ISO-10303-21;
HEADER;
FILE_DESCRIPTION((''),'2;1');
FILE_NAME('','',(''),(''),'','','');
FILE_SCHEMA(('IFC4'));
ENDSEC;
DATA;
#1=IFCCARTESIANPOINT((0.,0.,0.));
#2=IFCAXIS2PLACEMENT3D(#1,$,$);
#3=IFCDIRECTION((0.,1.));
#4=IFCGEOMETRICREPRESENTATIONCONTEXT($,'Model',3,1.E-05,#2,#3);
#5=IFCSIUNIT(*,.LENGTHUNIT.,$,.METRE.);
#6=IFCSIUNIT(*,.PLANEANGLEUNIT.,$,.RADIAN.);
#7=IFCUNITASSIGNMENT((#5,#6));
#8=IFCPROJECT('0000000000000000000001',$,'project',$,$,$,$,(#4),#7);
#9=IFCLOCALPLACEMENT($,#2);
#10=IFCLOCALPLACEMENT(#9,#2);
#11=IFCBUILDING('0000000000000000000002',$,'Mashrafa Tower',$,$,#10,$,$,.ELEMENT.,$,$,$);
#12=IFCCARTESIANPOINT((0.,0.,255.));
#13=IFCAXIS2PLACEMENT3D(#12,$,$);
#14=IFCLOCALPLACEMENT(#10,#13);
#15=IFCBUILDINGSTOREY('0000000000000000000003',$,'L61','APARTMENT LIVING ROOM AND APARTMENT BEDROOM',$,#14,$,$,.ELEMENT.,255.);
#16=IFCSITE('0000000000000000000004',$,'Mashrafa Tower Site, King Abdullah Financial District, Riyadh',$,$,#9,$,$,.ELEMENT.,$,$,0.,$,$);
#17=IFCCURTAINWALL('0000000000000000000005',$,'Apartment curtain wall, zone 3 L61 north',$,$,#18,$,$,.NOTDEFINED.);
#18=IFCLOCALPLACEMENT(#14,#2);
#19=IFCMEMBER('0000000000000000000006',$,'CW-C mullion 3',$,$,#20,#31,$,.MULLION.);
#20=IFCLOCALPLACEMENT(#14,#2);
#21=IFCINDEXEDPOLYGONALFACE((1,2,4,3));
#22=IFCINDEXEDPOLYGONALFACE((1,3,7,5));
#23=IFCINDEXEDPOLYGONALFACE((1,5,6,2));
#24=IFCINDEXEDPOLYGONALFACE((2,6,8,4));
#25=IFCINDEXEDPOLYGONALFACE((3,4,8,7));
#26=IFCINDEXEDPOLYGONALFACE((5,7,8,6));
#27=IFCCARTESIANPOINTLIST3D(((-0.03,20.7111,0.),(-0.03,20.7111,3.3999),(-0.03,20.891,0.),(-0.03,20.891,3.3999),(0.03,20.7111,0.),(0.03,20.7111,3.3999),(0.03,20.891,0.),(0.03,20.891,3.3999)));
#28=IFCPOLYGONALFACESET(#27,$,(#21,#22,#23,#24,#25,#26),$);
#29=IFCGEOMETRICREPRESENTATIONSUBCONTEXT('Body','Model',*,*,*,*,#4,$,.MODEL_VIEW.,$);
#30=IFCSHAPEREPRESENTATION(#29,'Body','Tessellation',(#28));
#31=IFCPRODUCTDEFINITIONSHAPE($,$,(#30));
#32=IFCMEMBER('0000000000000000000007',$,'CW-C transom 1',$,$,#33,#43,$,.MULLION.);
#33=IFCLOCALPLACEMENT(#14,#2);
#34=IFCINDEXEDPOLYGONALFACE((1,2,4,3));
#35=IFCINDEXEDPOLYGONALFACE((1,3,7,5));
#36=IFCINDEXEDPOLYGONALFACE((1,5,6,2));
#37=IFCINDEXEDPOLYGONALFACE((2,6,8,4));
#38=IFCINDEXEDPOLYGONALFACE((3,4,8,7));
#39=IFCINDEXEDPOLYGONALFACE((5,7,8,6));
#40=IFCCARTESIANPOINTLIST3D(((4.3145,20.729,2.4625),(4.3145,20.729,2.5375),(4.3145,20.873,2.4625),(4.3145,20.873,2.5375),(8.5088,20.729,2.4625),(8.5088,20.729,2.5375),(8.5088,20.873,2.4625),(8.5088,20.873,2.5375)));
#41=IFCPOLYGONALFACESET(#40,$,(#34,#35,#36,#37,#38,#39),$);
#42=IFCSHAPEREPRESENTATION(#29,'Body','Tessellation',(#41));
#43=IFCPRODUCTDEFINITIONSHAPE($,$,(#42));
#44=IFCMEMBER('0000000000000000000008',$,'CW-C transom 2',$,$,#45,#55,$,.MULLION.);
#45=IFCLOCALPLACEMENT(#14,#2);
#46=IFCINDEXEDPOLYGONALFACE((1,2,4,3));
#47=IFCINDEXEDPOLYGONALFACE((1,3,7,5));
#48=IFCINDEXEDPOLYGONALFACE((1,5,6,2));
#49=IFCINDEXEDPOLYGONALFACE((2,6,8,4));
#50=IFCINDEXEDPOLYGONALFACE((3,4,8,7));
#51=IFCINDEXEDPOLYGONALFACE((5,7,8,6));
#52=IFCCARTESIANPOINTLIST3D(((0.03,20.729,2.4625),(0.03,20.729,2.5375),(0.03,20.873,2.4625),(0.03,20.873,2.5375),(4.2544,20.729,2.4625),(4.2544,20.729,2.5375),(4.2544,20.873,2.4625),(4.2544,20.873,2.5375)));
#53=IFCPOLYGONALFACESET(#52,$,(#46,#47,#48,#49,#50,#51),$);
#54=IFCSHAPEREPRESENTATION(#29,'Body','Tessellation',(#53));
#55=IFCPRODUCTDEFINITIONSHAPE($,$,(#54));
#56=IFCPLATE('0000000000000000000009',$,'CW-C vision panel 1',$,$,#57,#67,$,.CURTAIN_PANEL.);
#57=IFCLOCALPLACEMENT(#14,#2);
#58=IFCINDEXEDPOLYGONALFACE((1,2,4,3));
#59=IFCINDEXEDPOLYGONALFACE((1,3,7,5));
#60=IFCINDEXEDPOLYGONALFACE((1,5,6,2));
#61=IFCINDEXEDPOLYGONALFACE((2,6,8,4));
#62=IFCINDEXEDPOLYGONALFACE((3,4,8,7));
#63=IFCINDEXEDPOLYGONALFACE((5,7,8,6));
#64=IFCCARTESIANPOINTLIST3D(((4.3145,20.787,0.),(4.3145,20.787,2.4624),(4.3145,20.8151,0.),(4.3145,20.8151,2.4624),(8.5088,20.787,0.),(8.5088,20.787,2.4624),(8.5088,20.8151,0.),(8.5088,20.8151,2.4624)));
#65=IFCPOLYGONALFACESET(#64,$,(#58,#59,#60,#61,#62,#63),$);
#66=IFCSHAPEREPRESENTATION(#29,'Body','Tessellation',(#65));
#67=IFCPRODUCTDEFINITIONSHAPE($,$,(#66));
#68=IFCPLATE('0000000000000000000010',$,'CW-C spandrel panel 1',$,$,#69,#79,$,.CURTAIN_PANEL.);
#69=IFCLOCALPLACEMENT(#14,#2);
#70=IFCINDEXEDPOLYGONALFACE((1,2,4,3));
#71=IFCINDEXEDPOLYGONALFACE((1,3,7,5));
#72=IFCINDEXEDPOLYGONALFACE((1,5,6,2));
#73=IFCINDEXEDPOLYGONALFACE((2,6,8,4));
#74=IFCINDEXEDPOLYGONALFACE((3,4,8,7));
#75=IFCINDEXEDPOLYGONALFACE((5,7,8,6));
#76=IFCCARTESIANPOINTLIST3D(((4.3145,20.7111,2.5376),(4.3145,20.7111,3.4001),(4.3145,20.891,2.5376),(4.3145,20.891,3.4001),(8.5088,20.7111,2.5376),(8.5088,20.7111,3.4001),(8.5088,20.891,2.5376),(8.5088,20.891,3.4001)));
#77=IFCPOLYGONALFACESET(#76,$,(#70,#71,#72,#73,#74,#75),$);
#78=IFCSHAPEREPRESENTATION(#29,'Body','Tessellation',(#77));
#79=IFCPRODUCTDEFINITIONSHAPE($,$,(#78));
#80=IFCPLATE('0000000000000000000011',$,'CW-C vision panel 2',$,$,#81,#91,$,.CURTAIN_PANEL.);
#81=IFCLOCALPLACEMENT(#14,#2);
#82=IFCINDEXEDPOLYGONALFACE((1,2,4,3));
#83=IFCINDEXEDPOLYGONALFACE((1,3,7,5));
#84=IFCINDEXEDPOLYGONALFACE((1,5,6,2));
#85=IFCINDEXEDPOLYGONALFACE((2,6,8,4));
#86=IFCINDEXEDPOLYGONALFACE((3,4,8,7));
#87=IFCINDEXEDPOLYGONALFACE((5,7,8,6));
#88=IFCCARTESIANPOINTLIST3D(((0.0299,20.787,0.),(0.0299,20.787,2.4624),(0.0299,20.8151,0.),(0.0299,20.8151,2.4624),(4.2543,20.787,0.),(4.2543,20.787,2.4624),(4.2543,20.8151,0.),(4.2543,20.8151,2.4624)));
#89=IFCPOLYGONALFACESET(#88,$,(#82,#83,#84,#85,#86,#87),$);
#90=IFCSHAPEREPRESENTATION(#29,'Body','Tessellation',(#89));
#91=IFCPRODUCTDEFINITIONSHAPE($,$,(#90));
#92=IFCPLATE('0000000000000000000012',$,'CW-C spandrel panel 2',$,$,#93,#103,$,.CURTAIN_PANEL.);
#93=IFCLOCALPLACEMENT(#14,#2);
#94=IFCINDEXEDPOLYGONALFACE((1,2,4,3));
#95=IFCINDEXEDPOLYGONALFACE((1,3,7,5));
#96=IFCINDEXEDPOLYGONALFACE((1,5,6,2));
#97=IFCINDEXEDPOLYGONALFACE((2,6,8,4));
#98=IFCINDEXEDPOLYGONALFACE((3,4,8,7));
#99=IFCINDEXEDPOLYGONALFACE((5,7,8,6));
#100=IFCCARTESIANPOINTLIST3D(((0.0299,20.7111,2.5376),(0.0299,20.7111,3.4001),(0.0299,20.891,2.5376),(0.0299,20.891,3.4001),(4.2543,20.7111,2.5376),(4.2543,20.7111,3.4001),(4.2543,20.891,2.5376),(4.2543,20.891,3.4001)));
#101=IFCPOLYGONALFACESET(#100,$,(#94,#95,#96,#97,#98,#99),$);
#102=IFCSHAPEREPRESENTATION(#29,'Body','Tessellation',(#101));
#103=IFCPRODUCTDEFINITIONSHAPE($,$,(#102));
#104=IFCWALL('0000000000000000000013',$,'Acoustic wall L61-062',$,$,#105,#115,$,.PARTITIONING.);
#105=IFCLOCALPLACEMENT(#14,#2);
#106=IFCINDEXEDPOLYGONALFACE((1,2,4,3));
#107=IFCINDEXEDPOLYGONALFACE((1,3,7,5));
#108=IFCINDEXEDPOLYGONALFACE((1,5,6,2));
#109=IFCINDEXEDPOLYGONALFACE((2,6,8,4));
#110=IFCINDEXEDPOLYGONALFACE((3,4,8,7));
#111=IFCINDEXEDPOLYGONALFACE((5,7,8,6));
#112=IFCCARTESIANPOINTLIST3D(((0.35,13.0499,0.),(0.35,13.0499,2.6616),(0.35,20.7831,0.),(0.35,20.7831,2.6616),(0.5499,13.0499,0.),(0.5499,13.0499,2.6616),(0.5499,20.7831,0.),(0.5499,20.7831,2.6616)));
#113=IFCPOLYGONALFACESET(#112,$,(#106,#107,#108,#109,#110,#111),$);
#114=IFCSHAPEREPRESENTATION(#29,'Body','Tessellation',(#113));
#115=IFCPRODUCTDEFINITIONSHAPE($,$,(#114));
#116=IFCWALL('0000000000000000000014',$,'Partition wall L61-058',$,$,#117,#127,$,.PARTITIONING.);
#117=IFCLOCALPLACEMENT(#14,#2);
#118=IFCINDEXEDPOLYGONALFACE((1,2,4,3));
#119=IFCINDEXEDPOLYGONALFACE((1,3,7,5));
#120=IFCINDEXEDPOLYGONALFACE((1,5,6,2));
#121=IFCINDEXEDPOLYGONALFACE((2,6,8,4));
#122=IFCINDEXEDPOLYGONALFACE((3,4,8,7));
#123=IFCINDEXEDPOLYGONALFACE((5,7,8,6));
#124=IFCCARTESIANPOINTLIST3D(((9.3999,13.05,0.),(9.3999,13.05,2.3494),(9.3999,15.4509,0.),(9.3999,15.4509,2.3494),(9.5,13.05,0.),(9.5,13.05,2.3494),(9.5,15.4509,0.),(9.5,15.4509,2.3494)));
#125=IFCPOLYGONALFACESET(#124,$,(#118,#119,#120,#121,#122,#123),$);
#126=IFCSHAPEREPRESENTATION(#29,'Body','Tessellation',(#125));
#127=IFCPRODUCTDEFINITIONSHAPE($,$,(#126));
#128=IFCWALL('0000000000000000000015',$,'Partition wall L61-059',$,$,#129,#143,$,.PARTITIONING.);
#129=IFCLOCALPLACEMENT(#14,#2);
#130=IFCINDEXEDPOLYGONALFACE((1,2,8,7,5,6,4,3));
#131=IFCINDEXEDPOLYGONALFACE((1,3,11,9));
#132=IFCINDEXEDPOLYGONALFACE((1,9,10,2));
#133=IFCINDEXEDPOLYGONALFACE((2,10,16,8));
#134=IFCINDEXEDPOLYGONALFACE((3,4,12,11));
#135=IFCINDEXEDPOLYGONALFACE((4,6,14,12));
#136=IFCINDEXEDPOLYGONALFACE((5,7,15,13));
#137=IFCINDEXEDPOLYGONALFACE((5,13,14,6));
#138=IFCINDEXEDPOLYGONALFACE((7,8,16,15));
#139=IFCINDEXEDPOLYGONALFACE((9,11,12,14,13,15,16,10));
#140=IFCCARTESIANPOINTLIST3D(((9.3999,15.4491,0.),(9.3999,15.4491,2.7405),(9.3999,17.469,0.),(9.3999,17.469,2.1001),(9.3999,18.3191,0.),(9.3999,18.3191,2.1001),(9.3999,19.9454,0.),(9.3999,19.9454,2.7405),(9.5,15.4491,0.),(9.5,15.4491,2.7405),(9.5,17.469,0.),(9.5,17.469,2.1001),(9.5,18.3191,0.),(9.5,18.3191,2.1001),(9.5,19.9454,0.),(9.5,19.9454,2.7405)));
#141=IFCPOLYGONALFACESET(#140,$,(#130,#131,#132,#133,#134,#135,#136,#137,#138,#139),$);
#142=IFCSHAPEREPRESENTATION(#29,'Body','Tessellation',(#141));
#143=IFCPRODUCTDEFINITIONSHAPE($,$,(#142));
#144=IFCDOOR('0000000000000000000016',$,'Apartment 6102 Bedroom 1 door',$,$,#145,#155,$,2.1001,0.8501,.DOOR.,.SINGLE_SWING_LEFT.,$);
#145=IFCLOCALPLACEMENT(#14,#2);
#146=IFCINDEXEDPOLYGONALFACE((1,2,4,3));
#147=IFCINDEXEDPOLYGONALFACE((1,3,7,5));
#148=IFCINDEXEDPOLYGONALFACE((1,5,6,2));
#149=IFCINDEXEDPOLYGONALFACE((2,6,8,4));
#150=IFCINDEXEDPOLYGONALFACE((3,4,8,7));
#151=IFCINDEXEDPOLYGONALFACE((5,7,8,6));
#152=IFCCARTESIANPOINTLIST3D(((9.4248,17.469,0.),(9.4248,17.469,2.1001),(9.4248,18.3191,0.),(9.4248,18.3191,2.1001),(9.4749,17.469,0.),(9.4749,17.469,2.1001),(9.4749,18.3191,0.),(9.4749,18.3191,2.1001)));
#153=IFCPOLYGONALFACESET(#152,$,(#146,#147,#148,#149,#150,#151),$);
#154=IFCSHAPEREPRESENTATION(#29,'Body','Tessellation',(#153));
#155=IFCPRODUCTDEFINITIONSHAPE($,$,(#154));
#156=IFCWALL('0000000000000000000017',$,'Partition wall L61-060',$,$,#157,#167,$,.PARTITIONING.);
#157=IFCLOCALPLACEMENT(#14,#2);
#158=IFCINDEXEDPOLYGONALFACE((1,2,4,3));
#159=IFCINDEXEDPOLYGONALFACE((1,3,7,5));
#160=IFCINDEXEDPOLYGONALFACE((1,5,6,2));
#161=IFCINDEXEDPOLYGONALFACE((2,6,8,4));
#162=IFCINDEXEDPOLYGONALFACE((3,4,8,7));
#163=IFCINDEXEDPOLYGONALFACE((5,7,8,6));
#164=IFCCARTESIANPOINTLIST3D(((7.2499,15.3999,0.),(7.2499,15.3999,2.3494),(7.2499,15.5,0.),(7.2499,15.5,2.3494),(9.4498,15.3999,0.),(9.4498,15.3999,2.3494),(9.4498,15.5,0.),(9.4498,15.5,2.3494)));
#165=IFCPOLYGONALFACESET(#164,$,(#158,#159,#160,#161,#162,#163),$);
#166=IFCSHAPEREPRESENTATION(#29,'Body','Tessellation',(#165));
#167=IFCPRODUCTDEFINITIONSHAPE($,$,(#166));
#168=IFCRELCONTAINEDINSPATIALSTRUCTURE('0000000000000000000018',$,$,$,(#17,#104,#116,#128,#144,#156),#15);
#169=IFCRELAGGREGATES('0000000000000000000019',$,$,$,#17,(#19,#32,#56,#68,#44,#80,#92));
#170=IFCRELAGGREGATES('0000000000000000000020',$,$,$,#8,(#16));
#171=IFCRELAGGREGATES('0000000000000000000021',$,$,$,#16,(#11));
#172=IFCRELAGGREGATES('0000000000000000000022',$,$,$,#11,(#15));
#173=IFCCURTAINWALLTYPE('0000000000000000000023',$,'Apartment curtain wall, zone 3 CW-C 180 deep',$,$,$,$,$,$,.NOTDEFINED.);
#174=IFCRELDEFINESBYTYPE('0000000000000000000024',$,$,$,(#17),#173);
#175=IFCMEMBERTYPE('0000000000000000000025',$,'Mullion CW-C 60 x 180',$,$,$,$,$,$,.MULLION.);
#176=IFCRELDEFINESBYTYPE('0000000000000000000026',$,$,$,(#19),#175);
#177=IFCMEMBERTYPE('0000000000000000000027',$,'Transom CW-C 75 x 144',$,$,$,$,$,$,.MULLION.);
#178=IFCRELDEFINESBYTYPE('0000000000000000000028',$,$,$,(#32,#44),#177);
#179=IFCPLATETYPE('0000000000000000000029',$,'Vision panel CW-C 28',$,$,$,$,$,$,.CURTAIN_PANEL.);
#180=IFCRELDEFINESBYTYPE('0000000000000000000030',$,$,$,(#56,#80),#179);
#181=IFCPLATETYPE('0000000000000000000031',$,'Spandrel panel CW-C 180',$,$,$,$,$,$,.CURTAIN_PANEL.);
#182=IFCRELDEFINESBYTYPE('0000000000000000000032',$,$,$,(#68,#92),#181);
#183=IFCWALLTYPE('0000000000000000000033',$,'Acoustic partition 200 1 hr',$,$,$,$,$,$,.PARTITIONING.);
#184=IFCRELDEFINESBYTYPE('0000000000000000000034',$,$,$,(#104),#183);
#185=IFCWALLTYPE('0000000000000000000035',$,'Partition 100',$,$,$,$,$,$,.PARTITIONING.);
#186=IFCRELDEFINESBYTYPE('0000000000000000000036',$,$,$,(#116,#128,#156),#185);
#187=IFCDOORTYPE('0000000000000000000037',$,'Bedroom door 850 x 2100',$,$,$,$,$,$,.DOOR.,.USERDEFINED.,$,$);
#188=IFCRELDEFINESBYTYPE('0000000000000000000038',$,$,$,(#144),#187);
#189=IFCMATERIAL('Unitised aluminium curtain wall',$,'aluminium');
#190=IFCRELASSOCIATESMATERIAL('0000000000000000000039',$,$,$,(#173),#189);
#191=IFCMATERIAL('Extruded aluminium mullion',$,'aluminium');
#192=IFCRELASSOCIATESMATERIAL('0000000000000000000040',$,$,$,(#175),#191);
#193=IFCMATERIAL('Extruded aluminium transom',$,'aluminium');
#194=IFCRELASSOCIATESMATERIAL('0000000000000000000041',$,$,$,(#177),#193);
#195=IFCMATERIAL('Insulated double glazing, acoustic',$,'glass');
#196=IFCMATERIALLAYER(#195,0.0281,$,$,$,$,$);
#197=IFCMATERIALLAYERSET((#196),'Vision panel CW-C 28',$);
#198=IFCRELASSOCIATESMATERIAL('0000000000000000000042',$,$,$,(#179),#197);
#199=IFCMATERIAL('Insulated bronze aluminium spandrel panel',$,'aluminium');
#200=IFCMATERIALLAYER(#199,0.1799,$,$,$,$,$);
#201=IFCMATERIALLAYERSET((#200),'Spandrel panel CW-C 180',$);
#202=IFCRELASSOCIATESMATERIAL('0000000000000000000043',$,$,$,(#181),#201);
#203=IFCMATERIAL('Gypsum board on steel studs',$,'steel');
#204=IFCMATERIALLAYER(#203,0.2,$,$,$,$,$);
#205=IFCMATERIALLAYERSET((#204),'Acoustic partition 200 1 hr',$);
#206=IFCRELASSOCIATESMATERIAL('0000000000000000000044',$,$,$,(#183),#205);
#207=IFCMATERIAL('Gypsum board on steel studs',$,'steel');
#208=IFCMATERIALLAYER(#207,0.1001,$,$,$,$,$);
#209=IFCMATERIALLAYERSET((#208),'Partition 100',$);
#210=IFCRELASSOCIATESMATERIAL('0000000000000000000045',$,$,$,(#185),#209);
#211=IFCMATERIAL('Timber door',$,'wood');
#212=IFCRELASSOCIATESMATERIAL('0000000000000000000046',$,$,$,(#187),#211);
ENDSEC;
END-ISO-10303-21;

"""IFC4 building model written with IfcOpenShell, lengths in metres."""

from ifc_helpers import new_model, si_unit, direction, frame, frame_2d, origin, origin_2d, place, context, subcontext, project, spatial, rectangle, extrude, source, transform, mapped, material, layer, layer_set, material_profile, profile_set, type_object, type_shapes, element, fill, aggregate, save


model = new_model("IFC4")

# Units and contexts
model_context = context("Model", 3, precision=1e-05, world=origin(), true_north=direction((0.0, 1.0)))
body_context = subcontext(model_context, "Body", "Model", "MODEL_VIEW")
ifc_project = project(units=[si_unit("LENGTHUNIT", "METRE"), si_unit("PLANEANGLEUNIT", "RADIAN")], contexts=[model_context])

# Site, building, storey
site_placement = place(None, origin())
site = spatial("IfcSite", under=ifc_project, at=site_placement, Name="Mashrafa Tower Site, King Abdullah Financial District, Riyadh", CompositionType="ELEMENT", RefElevation=0.0)
building_placement = place(site_placement, origin())
building = spatial("IfcBuilding", under=site, at=building_placement, Name="Mashrafa Tower", CompositionType="ELEMENT")
storey_placement = place(building_placement, frame((0.0, 0.0, 255.0)))
storey = spatial("IfcBuildingStorey", under=building, at=storey_placement, Name="L61", Description="APARTMENT LIVING ROOM AND APARTMENT BEDROOM", CompositionType="ELEMENT", Elevation=255.0)

# Shared definitions
ifc_material_1 = material(Name="Unitised aluminium curtain wall", Category="aluminium")
curtain_wall_type = type_object("IfcCurtainWallType", Name="Apartment curtain wall, zone 3 CW-C 180 deep", PredefinedType="NOTDEFINED", material=ifc_material_1)
ifc_material_2 = material(Name="Extruded aluminium mullion", Category="aluminium")
ifc_material_profile_1 = material_profile(ifc_material_2, rectangle(XDim=0.1799, YDim=0.0601, at=origin_2d()), Name="Mullion 60x180")
ifc_profile_set_1 = profile_set([ifc_material_profile_1], Name="Extruded aluminium mullion")
member_type_1 = type_object("IfcMemberType", Name="Mullion CW-C 60 x 180", PredefinedType="MULLION", material=ifc_profile_set_1)
shared_shape_1 = source(origin(), body_context, "Body", "SweptSolid", [
    extrude(rectangle(XDim=0.1799, YDim=0.0601, at=origin_2d()), origin(), (0.0, 0.0, 1.0), 3.3999),
])
type_shapes(member_type_1, [shared_shape_1])

# Curtain wall, members, plates
curtain_wall_1_placement = place(storey_placement, origin())
curtain_wall_1 = element("IfcCurtainWall", 1, at=curtain_wall_1_placement, inside=storey, type_object=curtain_wall_type, Name="Apartment curtain wall, zone 3 L61 north", PredefinedType="NOTDEFINED")
member_1_placement = place(storey_placement, frame((0.0, 20.801, 0.0), z_axis=(0.0, 0.0, 1.0), x_axis=(0.0, -1.0, 0.0)))
member_1 = element("IfcMember", 2, at=member_1_placement, type_object=member_type_1, Name="CW-C mullion 3", PredefinedType="MULLION", context=body_context, shape_type="MappedRepresentation", body=[
    mapped(shared_shape_1, transform((0.0, 0.0, 0.0))),
])
ifc_material_3 = material(Name="Extruded aluminium transom", Category="aluminium")
ifc_material_profile_2 = material_profile(ifc_material_3, rectangle(XDim=0.144, YDim=0.075, at=origin_2d()), Name="Transom 75x144")
ifc_profile_set_2 = profile_set([ifc_material_profile_2], Name="Extruded aluminium transom")
member_type_2 = type_object("IfcMemberType", Name="Transom CW-C 75 x 144", PredefinedType="MULLION", material=ifc_profile_set_2)
shared_shape_2 = source(origin(), body_context, "Body", "SweptSolid", [
    extrude(rectangle(XDim=0.144, YDim=0.075, at=origin_2d()), origin(), (0.0, 0.0, 1.0), 4.1943),
])
member_2_placement = place(storey_placement, frame((8.5088, 20.801, 2.5), z_axis=(-1.0, 0.0, 0.0), x_axis=(0.0, -1.0, 0.0)))
member_2 = element("IfcMember", 3, at=member_2_placement, type_object=member_type_2, Name="CW-C transom 1", PredefinedType="MULLION", context=body_context, shape_type="MappedRepresentation", body=[
    mapped(shared_shape_2, transform((0.0, 0.0, 0.0))),
])
shared_shape_3 = source(origin(), body_context, "Body", "SweptSolid", [
    extrude(rectangle(XDim=0.144, YDim=0.075, at=origin_2d()), origin(), (0.0, 0.0, 1.0), 4.2244),
])
type_shapes(member_type_2, [shared_shape_2, shared_shape_3])
member_3_placement = place(storey_placement, frame((4.2544, 20.801, 2.5), z_axis=(-1.0, 0.0, 0.0), x_axis=(0.0, -1.0, 0.0)))
member_3 = element("IfcMember", 4, at=member_3_placement, type_object=member_type_2, Name="CW-C transom 2", PredefinedType="MULLION", context=body_context, shape_type="MappedRepresentation", body=[
    mapped(shared_shape_3, transform((0.0, 0.0, 0.0))),
])
ifc_material_4 = material(Name="Insulated double glazing, acoustic", Category="glass")
ifc_layer_1 = layer(ifc_material_4, 0.0281)
ifc_layer_set_1 = layer_set([ifc_layer_1], Name="Vision panel CW-C 28")
plate_type_1 = type_object("IfcPlateType", Name="Vision panel CW-C 28", PredefinedType="CURTAIN_PANEL", material=ifc_layer_set_1)
shared_shape_4 = source(origin(), body_context, "Body", "SweptSolid", [
    extrude(rectangle(XDim=4.1943, YDim=0.0281, at=origin_2d()), origin(), (0.0, 0.0, 1.0), 2.4624),
])
plate_1_placement = place(storey_placement, frame((6.4116, 20.801, 0.0), z_axis=(0.0, 0.0, 1.0), x_axis=(-1.0, 0.0, 0.0)))
plate_1 = element("IfcPlate", 5, at=plate_1_placement, type_object=plate_type_1, Name="CW-C vision panel 1", PredefinedType="CURTAIN_PANEL", context=body_context, shape_type="MappedRepresentation", body=[
    mapped(shared_shape_4, transform((0.0, 0.0, 0.0))),
])
ifc_material_5 = material(Name="Insulated bronze aluminium spandrel panel", Category="aluminium")
ifc_layer_2 = layer(ifc_material_5, 0.1799)
ifc_layer_set_2 = layer_set([ifc_layer_2], Name="Spandrel panel CW-C 180")
plate_type_2 = type_object("IfcPlateType", Name="Spandrel panel CW-C 180", PredefinedType="CURTAIN_PANEL", material=ifc_layer_set_2)
shared_shape_5 = source(origin(), body_context, "Body", "SweptSolid", [
    extrude(rectangle(XDim=4.1943, YDim=0.1799, at=origin_2d()), origin(), (0.0, 0.0, 1.0), 0.8625),
])
plate_2_placement = place(storey_placement, frame((6.4116, 20.801, 2.5376), z_axis=(0.0, 0.0, 1.0), x_axis=(-1.0, 0.0, 0.0)))
plate_2 = element("IfcPlate", 6, at=plate_2_placement, type_object=plate_type_2, Name="CW-C spandrel panel 1", PredefinedType="CURTAIN_PANEL", context=body_context, shape_type="MappedRepresentation", body=[
    mapped(shared_shape_5, transform((0.0, 0.0, 0.0))),
])
shared_shape_6 = source(origin(), body_context, "Body", "SweptSolid", [
    extrude(rectangle(XDim=4.2244, YDim=0.0281, at=origin_2d()), origin(), (0.0, 0.0, 1.0), 2.4624),
])
type_shapes(plate_type_1, [shared_shape_4, shared_shape_6])
plate_3_placement = place(storey_placement, frame((2.1421, 20.801, 0.0), z_axis=(0.0, 0.0, 1.0), x_axis=(-1.0, 0.0, 0.0)))
plate_3 = element("IfcPlate", 7, at=plate_3_placement, type_object=plate_type_1, Name="CW-C vision panel 2", PredefinedType="CURTAIN_PANEL", context=body_context, shape_type="MappedRepresentation", body=[
    mapped(shared_shape_6, transform((0.0, 0.0, 0.0))),
])
shared_shape_7 = source(origin(), body_context, "Body", "SweptSolid", [
    extrude(rectangle(XDim=4.2244, YDim=0.1799, at=origin_2d()), origin(), (0.0, 0.0, 1.0), 0.8625),
])
type_shapes(plate_type_2, [shared_shape_5, shared_shape_7])
plate_4_placement = place(storey_placement, frame((2.1421, 20.801, 2.5376), z_axis=(0.0, 0.0, 1.0), x_axis=(-1.0, 0.0, 0.0)))
plate_4 = element("IfcPlate", 8, at=plate_4_placement, type_object=plate_type_2, Name="CW-C spandrel panel 2", PredefinedType="CURTAIN_PANEL", context=body_context, shape_type="MappedRepresentation", body=[
    mapped(shared_shape_7, transform((0.0, 0.0, 0.0))),
])
aggregate(curtain_wall_1, [member_1, member_2, plate_1, plate_2, member_3, plate_3, plate_4])

# Walls
ifc_material_6 = material(Name="Gypsum board on steel studs", Category="steel")
ifc_layer_3 = layer(ifc_material_6, 0.2)
ifc_layer_set_3 = layer_set([ifc_layer_3], Name="Acoustic partition 200 1 hr")
wall_type_1 = type_object("IfcWallType", Name="Acoustic partition 200 1 hr", PredefinedType="PARTITIONING", material=ifc_layer_set_3)
wall_1_placement = place(storey_placement, frame((0.45, 20.7832, 0.0), z_axis=(0.0, 0.0, 1.0), x_axis=(0.0, -1.0, 0.0)))
element("IfcWall", 9, at=wall_1_placement, inside=storey, type_object=wall_type_1, Name="Acoustic wall L61-062", PredefinedType="PARTITIONING", context=body_context, shape_type="SweptSolid", body=[
    extrude(rectangle(XDim=7.7332, YDim=0.2, at=frame_2d((3.8667, 0.0))), origin(), (0.0, 0.0, 1.0), 2.6616),
])
ifc_material_7 = material(Name="Gypsum board on steel studs", Category="steel")
ifc_layer_4 = layer(ifc_material_7, 0.1001)
ifc_layer_set_4 = layer_set([ifc_layer_4], Name="Partition 100")
wall_type_2 = type_object("IfcWallType", Name="Partition 100", PredefinedType="PARTITIONING", material=ifc_layer_set_4)
wall_2_placement = place(storey_placement, frame((9.45, 15.4509, 0.0), z_axis=(0.0, 0.0, 1.0), x_axis=(0.0, -1.0, 0.0)))
element("IfcWall", 10, at=wall_2_placement, inside=storey, type_object=wall_type_2, Name="Partition wall L61-058", PredefinedType="PARTITIONING", context=body_context, shape_type="SweptSolid", body=[
    extrude(rectangle(XDim=2.4009, YDim=0.1001, at=frame_2d((1.2004, 0.0))), origin(), (0.0, 0.0, 1.0), 2.3494),
])

# Wall, opening, door
wall_3_placement = place(storey_placement, frame((9.45, 19.9453, 0.0), z_axis=(0.0, 0.0, 1.0), x_axis=(0.0, -1.0, 0.0)))
wall_3 = element("IfcWall", 11, at=wall_3_placement, inside=storey, type_object=wall_type_2, Name="Partition wall L61-059", PredefinedType="PARTITIONING", context=body_context, shape_type="SweptSolid", body=[
    extrude(rectangle(XDim=4.4963, YDim=0.1001, at=frame_2d((2.248, 0.0))), origin(), (0.0, 0.0, 1.0), 2.7405),
])
opening_1_placement = place(wall_3_placement, frame((1.6262, 0.0, 0.0)))
opening_1 = element("IfcOpeningElement", 12, at=opening_1_placement, cuts=wall_3, PredefinedType="OPENING", context=body_context, shape_type="SweptSolid", body=[
    extrude(rectangle(XDim=0.8501, YDim=2.1001, at=frame_2d((0.425, 1.05))), frame((0.0, 0.0601, 0.0), z_axis=(0.0, -1.0, 0.0), x_axis=(1.0, 0.0, 0.0)), (0.0, 0.0, 1.0), 0.1201),
])
ifc_material_8 = material(Name="Timber door", Category="wood")
door_type_1 = type_object("IfcDoorType", Name="Bedroom door 850 x 2100", OperationType="USERDEFINED", PredefinedType="DOOR", material=ifc_material_8)
door_1_placement = place(opening_1_placement, origin())
door_1 = element("IfcDoor", 13, at=door_1_placement, inside=storey, type_object=door_type_1, Name="Apartment 6102 Bedroom 1 door", OperationType="SINGLE_SWING_LEFT", OverallHeight=2.1001, OverallWidth=0.8501, PredefinedType="DOOR", context=body_context, shape_type="SweptSolid", body=[
    extrude(rectangle(XDim=0.8501, YDim=2.1001, at=frame_2d((0.425, 1.05))), frame((0.0, 0.0249, 0.0), z_axis=(0.0, -1.0, 0.0), x_axis=(1.0, 0.0, 0.0)), (0.0, 0.0, 1.0), 0.05),
])
fill(opening_1, door_1)

# Wall
wall_4_placement = place(storey_placement, frame((9.45, 15.45, 0.0), z_axis=(0.0, 0.0, 1.0), x_axis=(-1.0, 0.0, 0.0)))
element("IfcWall", 14, at=wall_4_placement, inside=storey, type_object=wall_type_2, Name="Partition wall L61-060", PredefinedType="PARTITIONING", context=body_context, shape_type="SweptSolid", body=[
    extrude(rectangle(XDim=2.2, YDim=0.1001, at=frame_2d((1.1001, 0.0))), origin(), (0.0, 0.0, 1.0), 2.3494),
])

save(model, "model.ifc")
